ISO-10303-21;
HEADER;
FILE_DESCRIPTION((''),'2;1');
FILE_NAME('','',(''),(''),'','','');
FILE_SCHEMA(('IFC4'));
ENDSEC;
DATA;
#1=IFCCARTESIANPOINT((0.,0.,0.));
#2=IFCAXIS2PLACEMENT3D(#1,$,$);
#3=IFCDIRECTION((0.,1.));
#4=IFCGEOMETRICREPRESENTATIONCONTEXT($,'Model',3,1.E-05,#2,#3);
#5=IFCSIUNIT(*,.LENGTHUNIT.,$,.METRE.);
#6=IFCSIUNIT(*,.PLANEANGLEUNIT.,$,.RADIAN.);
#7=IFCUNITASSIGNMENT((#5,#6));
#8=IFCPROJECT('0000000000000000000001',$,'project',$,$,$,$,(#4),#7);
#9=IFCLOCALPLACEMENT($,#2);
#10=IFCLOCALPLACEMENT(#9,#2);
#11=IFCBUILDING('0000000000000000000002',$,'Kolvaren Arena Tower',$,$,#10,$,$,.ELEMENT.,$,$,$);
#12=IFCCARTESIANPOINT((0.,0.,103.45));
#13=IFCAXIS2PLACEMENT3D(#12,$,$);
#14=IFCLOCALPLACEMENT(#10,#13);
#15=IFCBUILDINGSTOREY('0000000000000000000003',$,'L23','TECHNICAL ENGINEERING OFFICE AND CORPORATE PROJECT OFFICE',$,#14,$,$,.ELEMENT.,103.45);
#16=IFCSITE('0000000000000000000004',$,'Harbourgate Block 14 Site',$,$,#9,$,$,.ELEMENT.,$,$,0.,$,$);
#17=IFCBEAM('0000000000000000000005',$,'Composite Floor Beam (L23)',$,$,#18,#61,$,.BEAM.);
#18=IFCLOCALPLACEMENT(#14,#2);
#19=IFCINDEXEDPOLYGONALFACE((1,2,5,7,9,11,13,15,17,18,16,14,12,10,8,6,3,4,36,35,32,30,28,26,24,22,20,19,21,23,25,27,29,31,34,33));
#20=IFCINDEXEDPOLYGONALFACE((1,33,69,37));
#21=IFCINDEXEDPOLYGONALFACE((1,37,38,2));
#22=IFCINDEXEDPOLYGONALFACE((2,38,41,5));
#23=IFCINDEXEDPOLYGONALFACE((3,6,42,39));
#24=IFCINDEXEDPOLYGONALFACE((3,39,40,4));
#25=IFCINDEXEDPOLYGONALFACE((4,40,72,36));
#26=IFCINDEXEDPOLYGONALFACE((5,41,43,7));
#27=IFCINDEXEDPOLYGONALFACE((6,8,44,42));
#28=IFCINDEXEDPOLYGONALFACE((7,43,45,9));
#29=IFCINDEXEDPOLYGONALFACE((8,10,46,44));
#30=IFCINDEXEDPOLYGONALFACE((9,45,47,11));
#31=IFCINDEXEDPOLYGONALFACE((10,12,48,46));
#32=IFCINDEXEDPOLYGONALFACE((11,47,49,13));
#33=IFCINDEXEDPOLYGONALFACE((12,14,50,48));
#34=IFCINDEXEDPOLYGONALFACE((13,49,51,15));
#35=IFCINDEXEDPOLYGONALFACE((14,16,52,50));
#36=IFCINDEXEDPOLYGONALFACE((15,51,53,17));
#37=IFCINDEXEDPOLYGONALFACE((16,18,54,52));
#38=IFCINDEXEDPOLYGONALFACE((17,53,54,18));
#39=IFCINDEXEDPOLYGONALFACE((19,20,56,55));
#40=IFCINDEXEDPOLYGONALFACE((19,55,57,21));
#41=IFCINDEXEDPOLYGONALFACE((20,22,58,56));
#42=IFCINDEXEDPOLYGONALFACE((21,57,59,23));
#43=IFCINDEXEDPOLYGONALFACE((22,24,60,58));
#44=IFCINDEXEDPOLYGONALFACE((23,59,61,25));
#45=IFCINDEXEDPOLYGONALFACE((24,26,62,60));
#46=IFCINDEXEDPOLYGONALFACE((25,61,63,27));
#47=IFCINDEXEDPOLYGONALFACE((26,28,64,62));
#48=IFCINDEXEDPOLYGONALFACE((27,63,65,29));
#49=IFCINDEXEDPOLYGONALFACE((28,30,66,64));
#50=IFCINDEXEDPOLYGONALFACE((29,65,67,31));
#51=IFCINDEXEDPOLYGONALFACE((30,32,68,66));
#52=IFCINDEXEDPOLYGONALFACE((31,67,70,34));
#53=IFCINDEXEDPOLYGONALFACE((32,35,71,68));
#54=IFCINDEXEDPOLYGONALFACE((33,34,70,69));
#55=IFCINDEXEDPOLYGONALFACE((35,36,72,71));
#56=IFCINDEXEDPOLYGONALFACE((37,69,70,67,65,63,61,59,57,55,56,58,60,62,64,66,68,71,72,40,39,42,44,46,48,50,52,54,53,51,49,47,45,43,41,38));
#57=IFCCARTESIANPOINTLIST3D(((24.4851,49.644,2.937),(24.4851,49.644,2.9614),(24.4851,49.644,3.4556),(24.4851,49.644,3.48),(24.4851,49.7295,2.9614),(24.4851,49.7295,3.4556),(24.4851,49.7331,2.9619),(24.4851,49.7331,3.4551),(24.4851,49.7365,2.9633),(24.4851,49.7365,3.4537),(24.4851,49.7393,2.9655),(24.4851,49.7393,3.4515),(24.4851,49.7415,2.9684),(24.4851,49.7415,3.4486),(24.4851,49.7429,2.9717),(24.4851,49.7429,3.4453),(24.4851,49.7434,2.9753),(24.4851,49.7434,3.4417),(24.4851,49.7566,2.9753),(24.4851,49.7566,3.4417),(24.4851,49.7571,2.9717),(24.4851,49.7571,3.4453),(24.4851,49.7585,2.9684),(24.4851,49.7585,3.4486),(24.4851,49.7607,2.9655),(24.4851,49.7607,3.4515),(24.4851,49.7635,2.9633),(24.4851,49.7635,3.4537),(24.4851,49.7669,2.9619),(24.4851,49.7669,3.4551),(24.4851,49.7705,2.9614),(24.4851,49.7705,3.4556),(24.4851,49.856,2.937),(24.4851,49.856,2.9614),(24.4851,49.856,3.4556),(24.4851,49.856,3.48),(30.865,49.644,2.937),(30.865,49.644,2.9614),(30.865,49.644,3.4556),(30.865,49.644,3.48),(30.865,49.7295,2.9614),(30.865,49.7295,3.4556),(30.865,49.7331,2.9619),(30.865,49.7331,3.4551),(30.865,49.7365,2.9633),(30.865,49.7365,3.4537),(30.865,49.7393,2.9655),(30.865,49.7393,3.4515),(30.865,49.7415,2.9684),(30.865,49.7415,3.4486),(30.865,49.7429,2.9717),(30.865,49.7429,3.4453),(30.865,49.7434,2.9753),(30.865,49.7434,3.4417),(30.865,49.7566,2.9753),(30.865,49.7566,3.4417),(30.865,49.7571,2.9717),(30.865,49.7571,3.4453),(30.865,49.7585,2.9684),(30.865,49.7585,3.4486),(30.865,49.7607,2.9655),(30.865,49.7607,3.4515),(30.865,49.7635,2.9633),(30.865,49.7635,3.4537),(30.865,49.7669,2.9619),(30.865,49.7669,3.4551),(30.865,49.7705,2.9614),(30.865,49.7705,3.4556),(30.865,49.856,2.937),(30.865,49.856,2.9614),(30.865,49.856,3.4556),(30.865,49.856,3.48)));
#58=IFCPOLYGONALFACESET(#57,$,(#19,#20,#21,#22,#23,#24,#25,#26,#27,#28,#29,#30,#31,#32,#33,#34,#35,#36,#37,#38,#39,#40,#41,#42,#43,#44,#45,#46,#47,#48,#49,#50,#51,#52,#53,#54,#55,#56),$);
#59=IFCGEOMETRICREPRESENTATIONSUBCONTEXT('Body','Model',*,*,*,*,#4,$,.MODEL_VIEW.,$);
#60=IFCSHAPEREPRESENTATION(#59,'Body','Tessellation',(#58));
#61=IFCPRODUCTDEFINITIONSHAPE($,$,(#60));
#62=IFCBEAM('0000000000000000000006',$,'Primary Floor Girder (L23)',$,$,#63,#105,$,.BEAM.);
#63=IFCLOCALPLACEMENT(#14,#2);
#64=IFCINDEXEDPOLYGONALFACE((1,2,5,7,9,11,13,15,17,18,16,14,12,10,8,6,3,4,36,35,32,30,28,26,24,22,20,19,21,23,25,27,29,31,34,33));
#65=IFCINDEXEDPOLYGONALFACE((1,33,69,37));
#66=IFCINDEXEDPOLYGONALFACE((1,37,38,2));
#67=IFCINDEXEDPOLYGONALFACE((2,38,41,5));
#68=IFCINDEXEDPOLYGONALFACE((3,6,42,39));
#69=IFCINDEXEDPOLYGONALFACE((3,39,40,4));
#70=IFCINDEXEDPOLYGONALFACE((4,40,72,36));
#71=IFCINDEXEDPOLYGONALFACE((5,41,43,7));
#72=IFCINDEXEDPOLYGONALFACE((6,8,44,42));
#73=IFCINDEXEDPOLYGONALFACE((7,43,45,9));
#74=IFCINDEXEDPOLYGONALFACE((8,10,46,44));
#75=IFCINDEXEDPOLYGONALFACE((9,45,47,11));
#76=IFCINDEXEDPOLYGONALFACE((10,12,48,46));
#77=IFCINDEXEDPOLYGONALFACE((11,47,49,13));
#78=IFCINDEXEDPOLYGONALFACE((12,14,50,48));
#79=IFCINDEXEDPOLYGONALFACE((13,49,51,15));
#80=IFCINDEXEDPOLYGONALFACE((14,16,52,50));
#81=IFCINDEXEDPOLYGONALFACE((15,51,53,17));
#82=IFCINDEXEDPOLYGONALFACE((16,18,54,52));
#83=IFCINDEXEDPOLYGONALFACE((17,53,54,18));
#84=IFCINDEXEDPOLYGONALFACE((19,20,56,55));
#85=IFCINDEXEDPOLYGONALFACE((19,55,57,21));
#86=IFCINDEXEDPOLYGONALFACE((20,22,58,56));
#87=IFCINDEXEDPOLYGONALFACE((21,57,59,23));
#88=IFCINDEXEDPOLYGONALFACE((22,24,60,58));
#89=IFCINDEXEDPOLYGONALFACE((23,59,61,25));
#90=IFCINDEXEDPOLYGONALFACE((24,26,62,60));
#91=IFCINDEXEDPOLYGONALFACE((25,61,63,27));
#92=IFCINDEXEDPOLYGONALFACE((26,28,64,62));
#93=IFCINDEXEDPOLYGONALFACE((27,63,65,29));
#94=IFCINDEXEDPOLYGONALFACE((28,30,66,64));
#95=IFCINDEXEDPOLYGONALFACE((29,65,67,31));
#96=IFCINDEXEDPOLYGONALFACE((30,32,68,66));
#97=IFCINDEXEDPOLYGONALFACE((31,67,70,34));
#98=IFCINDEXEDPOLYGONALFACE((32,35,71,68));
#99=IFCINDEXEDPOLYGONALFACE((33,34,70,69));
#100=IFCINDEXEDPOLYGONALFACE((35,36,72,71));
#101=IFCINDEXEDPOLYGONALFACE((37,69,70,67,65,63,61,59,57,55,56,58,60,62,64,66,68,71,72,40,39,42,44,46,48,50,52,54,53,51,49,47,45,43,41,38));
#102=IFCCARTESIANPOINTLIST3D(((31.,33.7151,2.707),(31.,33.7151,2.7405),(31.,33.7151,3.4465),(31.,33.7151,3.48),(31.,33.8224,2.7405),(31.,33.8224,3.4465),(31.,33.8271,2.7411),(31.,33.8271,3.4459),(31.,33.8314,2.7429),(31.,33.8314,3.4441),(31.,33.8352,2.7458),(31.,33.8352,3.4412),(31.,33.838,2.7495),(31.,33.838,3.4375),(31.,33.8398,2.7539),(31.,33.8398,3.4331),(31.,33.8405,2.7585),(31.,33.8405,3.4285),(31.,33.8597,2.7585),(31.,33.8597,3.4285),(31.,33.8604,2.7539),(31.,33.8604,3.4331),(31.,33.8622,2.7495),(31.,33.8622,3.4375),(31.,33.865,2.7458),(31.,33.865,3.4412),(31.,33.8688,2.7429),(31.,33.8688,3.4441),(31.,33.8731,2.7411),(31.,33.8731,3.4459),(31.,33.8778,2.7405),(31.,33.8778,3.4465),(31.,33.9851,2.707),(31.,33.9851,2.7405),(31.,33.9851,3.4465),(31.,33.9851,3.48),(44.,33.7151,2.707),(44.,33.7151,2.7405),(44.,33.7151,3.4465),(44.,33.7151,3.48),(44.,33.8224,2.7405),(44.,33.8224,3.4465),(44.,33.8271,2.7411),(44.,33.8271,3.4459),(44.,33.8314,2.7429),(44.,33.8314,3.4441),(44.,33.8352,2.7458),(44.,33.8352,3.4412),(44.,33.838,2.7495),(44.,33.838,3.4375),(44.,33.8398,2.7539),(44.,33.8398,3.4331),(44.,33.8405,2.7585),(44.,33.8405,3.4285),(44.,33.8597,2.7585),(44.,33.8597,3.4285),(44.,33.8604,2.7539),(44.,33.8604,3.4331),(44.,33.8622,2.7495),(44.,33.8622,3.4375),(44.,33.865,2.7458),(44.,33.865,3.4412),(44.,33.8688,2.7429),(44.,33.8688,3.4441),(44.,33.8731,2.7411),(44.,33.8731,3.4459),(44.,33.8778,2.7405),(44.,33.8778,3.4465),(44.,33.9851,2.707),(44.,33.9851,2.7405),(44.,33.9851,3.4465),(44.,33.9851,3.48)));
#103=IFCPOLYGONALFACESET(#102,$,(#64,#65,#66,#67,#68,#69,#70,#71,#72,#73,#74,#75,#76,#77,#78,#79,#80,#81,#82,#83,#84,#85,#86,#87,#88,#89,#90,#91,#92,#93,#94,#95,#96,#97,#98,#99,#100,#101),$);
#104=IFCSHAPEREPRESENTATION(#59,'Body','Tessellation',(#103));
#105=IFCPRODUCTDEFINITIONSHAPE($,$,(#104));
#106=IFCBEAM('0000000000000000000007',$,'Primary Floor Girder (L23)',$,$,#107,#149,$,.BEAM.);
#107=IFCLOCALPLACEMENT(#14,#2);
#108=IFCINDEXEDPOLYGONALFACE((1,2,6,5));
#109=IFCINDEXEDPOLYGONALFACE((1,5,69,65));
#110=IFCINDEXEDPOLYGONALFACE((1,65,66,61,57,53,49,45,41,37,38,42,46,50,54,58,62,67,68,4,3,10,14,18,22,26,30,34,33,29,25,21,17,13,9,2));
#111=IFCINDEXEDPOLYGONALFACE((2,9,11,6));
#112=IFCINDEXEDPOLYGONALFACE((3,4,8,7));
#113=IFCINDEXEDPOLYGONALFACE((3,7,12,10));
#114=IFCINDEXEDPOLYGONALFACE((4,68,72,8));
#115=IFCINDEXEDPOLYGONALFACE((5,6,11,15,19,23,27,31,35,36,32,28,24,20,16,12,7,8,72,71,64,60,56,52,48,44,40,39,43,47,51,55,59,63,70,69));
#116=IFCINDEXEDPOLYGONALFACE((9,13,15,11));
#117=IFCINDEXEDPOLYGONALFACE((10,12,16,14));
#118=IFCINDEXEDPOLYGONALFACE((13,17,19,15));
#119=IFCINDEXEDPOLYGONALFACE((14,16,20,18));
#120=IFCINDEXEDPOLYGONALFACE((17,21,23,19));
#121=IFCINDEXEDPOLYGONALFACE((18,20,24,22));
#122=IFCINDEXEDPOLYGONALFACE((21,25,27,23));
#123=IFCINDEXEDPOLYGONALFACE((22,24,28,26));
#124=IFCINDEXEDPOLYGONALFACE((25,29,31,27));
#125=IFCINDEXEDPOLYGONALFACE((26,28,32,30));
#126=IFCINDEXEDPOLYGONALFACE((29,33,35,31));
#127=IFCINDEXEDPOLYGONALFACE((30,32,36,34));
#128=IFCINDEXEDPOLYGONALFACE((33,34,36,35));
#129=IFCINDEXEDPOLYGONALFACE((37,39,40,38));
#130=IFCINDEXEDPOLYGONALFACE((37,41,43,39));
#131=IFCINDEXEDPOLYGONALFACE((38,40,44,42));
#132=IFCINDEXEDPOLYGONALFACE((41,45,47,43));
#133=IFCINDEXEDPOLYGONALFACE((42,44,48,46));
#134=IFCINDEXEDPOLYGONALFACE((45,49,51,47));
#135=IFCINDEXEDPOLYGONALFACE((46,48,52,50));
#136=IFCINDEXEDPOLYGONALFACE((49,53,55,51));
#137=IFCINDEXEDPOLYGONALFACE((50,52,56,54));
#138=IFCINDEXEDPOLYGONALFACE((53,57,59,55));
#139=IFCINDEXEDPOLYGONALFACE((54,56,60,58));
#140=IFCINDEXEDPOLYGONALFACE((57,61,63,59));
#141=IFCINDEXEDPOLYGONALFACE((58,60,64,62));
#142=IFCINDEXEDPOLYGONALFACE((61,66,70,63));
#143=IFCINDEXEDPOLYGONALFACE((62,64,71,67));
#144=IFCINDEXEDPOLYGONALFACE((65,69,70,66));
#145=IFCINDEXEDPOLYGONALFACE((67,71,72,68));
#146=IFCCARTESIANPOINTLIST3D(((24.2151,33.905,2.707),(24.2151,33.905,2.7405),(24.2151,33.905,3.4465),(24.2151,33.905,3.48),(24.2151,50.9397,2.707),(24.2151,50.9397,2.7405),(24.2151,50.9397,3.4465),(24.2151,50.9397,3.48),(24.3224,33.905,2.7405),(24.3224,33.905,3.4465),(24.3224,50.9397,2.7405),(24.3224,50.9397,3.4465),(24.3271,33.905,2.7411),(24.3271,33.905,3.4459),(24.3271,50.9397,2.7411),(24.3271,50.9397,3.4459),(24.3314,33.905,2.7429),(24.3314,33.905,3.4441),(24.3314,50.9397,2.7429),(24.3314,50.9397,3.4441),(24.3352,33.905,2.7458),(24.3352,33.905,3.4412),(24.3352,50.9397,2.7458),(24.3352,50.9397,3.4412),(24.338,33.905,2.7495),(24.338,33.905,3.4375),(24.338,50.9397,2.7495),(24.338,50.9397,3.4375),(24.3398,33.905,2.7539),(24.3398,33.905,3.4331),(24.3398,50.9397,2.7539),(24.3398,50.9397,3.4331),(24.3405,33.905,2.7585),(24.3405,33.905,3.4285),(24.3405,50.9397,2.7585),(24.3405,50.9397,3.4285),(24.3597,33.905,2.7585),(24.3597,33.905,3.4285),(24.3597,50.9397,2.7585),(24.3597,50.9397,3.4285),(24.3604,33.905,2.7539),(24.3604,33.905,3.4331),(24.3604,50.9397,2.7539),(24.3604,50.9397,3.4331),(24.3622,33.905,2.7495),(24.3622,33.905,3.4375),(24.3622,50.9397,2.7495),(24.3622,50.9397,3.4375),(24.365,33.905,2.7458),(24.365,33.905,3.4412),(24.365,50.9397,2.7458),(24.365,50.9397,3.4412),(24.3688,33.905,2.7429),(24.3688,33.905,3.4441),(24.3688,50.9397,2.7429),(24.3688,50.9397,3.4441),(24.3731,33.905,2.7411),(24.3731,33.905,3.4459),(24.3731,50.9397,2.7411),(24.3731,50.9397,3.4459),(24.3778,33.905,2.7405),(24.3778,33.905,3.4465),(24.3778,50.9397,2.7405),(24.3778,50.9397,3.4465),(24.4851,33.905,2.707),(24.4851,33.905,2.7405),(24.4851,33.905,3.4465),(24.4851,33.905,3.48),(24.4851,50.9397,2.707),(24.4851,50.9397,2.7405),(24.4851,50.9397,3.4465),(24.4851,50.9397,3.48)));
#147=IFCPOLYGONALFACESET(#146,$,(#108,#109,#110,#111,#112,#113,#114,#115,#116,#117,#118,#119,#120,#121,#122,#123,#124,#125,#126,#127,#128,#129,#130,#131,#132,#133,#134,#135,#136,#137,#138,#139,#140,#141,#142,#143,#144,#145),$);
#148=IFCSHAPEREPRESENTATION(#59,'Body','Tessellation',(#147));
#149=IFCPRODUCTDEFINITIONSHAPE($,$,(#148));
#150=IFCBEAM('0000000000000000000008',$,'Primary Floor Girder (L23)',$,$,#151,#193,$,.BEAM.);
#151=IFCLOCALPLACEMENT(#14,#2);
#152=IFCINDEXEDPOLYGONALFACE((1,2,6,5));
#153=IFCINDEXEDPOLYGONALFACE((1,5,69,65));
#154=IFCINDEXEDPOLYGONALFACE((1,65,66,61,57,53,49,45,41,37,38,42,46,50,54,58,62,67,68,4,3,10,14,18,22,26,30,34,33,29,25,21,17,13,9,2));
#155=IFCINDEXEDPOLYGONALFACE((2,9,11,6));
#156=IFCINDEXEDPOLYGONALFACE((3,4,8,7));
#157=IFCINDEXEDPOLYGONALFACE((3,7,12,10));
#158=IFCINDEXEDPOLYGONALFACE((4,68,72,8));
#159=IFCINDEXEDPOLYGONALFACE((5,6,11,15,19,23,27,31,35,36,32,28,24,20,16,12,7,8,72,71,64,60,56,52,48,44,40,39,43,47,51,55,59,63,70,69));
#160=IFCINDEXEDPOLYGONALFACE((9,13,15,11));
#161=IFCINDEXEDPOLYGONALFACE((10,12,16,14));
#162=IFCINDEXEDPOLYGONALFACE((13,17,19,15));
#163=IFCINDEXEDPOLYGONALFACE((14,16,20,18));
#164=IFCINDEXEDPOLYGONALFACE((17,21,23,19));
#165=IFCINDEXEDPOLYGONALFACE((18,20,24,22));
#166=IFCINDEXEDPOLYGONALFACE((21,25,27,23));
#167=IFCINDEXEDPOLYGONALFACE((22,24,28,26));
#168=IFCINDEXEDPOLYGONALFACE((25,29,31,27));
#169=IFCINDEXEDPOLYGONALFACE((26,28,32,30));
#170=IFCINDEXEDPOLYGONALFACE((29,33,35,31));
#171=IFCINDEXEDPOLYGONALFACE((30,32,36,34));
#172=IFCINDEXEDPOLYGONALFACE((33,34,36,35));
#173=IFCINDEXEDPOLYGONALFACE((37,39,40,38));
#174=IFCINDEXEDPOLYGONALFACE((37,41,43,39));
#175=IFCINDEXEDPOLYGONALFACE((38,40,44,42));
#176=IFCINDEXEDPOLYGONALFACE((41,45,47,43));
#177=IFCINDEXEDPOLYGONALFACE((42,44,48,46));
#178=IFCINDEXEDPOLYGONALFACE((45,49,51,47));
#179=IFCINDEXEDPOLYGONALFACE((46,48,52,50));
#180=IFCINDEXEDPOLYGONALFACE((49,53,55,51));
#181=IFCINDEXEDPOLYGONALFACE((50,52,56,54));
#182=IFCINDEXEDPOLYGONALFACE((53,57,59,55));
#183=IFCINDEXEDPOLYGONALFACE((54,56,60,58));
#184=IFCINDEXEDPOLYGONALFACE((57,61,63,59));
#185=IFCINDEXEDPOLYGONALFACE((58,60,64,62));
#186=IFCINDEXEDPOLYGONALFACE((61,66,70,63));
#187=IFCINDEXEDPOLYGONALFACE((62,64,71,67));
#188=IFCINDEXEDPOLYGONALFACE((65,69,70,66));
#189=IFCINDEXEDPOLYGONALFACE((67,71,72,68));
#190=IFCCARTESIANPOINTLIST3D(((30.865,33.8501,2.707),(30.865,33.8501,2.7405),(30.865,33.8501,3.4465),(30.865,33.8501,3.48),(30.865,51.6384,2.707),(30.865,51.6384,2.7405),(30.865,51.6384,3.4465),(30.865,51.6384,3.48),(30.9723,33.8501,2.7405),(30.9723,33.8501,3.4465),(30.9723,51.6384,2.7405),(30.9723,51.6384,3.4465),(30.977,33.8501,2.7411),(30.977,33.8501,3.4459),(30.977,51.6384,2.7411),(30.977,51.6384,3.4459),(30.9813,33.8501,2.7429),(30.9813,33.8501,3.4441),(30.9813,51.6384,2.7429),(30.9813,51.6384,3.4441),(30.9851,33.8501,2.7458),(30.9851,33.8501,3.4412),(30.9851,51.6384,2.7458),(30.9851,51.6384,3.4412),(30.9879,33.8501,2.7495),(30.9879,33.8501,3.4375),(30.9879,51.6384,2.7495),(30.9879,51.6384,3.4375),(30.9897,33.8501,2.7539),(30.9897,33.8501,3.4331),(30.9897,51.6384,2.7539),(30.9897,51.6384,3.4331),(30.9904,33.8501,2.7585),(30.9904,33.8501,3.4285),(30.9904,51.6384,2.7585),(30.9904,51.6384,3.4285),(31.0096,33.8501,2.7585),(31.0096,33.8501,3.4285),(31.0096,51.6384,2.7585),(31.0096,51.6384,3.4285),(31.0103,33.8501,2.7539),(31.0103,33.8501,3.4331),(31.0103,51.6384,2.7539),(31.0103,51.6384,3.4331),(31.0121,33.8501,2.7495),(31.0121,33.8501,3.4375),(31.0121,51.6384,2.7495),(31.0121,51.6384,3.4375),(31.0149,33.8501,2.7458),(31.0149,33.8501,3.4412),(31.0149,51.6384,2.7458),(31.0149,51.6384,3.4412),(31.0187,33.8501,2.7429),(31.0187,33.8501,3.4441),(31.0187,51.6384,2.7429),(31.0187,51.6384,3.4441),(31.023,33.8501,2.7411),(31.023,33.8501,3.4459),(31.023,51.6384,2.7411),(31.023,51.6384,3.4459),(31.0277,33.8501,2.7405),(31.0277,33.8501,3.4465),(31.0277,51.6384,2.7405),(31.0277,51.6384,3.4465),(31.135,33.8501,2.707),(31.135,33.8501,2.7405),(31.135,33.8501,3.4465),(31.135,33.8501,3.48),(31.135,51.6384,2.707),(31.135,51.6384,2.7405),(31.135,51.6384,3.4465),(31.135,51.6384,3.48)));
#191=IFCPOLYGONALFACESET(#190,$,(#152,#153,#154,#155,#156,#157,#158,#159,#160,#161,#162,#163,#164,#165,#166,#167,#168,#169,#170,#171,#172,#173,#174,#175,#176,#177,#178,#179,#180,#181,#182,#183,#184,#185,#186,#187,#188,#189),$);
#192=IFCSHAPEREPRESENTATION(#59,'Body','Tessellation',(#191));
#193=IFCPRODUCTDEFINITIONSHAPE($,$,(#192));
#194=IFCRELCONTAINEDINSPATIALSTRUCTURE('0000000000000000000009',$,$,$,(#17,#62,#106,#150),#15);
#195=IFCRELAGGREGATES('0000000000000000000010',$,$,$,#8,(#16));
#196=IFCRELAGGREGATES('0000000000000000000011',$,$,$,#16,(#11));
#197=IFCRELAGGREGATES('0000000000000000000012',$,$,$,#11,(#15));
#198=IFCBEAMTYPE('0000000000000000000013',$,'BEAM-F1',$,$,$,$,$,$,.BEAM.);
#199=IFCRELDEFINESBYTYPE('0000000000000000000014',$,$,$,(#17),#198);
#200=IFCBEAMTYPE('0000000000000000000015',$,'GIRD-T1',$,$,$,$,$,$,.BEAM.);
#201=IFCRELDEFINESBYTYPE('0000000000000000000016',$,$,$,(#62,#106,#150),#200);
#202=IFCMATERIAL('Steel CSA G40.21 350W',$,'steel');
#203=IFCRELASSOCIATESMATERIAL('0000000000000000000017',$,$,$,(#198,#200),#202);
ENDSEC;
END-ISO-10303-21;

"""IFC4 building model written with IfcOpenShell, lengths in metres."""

from ifc_helpers import new_model, si_unit, direction, frame, origin, origin_2d, place, context, subcontext, project, spatial, i_section, extrude, material, material_profile, profile_set, type_object, element, save


model = new_model("IFC4")

# Units and contexts
model_context = context("Model", 3, precision=1e-05, world=origin(), true_north=direction((0.0, 1.0)))
body_context = subcontext(model_context, "Body", "Model", "MODEL_VIEW")
ifc_project = project(units=[si_unit("LENGTHUNIT", "METRE"), si_unit("PLANEANGLEUNIT", "RADIAN")], contexts=[model_context])

# Site, building, storey
site_placement = place(None, origin())
site = spatial("IfcSite", under=ifc_project, at=site_placement, Name="Harbourgate Block 14 Site", CompositionType="ELEMENT", RefElevation=0.0)
building_placement = place(site_placement, origin())
building = spatial("IfcBuilding", under=site, at=building_placement, Name="Kolvaren Arena Tower", CompositionType="ELEMENT")
storey_placement = place(building_placement, frame((0.0, 0.0, 103.45)))
storey = spatial("IfcBuildingStorey", under=building, at=storey_placement, Name="L23", Description="TECHNICAL ENGINEERING OFFICE AND CORPORATE PROJECT OFFICE", CompositionType="ELEMENT", Elevation=103.45)

# Beams
ifc_material_1 = material(Name="Steel CSA G40.21 350W", Category="steel")
ifc_material_profile_1 = material_profile(ifc_material_1, i_section(OverallWidth=0.2119, OverallDepth=0.543, WebThickness=0.0132, FlangeThickness=0.0244, FilletRadius=0.0139, at=origin_2d()), Name="W530x150")
ifc_profile_set_1 = profile_set([ifc_material_profile_1], Name="Steel CSA G40.21 350W")
beam_type_1 = type_object("IfcBeamType", Name="BEAM-F1", PredefinedType="BEAM", material=ifc_profile_set_1)
for number, where, z_axis, x_axis, name in (
    (1, (24.4851, 49.75, 3.2085), (1.0, 0.0, 0.0), (0.0, 1.0, 0.0), "Composite Floor Beam (L23)"),
):
    element("IfcBeam", number, at=place(storey_placement, frame(where, z_axis=z_axis, x_axis=x_axis)), inside=storey, type_object=beam_type_1, Name=name, PredefinedType="BEAM", context=body_context, shape_type="SweptSolid", body=[
        extrude(i_section(OverallWidth=0.2119, OverallDepth=0.543, WebThickness=0.0132, FlangeThickness=0.0244, FilletRadius=0.0139, at=origin_2d()), origin(), (0.0, 0.0, 1.0), 6.3799),
    ])
ifc_material_profile_2 = material_profile(ifc_material_1, i_section(OverallWidth=0.27, OverallDepth=0.7729, WebThickness=0.0193, FlangeThickness=0.0334, FilletRadius=0.0181, at=origin_2d()), Name="W760x257")
ifc_profile_set_2 = profile_set([ifc_material_profile_2], Name="Steel CSA G40.21 350W")
beam_type_2 = type_object("IfcBeamType", Name="GIRD-T1", PredefinedType="BEAM", material=ifc_profile_set_2)
beam_1_placement = place(storey_placement, frame((31.0, 33.8501, 3.0935), z_axis=(1.0, 0.0, 0.0), x_axis=(0.0, 1.0, 0.0)))
element("IfcBeam", 2, at=beam_1_placement, inside=storey, type_object=beam_type_2, Name="Primary Floor Girder (L23)", PredefinedType="BEAM", context=body_context, shape_type="SweptSolid", body=[
    extrude(i_section(OverallWidth=0.27, OverallDepth=0.7729, WebThickness=0.0193, FlangeThickness=0.0334, FilletRadius=0.0181, at=origin_2d()), origin(), (0.0, 0.0, 1.0), 13.0),
])
beam_2_placement = place(storey_placement, frame((24.3501, 33.905, 3.0935), z_axis=(0.0, 1.0, 0.0), x_axis=(-1.0, 0.0, 0.0)))
element("IfcBeam", 3, at=beam_2_placement, inside=storey, type_object=beam_type_2, Name="Primary Floor Girder (L23)", PredefinedType="BEAM", context=body_context, shape_type="SweptSolid", body=[
    extrude(i_section(OverallWidth=0.27, OverallDepth=0.7729, WebThickness=0.0193, FlangeThickness=0.0334, FilletRadius=0.0181, at=origin_2d()), origin(), (0.0, 0.0, 1.0), 17.0347),
])
beam_3_placement = place(storey_placement, frame((31.0, 33.8501, 3.0935), z_axis=(0.0, 1.0, 0.0), x_axis=(-1.0, 0.0, 0.0)))
element("IfcBeam", 4, at=beam_3_placement, inside=storey, type_object=beam_type_2, Name="Primary Floor Girder (L23)", PredefinedType="BEAM", context=body_context, shape_type="SweptSolid", body=[
    extrude(i_section(OverallWidth=0.27, OverallDepth=0.7729, WebThickness=0.0193, FlangeThickness=0.0334, FilletRadius=0.0181, at=origin_2d()), origin(), (0.0, 0.0, 1.0), 17.7883),
])

save(model, "model.ifc")
